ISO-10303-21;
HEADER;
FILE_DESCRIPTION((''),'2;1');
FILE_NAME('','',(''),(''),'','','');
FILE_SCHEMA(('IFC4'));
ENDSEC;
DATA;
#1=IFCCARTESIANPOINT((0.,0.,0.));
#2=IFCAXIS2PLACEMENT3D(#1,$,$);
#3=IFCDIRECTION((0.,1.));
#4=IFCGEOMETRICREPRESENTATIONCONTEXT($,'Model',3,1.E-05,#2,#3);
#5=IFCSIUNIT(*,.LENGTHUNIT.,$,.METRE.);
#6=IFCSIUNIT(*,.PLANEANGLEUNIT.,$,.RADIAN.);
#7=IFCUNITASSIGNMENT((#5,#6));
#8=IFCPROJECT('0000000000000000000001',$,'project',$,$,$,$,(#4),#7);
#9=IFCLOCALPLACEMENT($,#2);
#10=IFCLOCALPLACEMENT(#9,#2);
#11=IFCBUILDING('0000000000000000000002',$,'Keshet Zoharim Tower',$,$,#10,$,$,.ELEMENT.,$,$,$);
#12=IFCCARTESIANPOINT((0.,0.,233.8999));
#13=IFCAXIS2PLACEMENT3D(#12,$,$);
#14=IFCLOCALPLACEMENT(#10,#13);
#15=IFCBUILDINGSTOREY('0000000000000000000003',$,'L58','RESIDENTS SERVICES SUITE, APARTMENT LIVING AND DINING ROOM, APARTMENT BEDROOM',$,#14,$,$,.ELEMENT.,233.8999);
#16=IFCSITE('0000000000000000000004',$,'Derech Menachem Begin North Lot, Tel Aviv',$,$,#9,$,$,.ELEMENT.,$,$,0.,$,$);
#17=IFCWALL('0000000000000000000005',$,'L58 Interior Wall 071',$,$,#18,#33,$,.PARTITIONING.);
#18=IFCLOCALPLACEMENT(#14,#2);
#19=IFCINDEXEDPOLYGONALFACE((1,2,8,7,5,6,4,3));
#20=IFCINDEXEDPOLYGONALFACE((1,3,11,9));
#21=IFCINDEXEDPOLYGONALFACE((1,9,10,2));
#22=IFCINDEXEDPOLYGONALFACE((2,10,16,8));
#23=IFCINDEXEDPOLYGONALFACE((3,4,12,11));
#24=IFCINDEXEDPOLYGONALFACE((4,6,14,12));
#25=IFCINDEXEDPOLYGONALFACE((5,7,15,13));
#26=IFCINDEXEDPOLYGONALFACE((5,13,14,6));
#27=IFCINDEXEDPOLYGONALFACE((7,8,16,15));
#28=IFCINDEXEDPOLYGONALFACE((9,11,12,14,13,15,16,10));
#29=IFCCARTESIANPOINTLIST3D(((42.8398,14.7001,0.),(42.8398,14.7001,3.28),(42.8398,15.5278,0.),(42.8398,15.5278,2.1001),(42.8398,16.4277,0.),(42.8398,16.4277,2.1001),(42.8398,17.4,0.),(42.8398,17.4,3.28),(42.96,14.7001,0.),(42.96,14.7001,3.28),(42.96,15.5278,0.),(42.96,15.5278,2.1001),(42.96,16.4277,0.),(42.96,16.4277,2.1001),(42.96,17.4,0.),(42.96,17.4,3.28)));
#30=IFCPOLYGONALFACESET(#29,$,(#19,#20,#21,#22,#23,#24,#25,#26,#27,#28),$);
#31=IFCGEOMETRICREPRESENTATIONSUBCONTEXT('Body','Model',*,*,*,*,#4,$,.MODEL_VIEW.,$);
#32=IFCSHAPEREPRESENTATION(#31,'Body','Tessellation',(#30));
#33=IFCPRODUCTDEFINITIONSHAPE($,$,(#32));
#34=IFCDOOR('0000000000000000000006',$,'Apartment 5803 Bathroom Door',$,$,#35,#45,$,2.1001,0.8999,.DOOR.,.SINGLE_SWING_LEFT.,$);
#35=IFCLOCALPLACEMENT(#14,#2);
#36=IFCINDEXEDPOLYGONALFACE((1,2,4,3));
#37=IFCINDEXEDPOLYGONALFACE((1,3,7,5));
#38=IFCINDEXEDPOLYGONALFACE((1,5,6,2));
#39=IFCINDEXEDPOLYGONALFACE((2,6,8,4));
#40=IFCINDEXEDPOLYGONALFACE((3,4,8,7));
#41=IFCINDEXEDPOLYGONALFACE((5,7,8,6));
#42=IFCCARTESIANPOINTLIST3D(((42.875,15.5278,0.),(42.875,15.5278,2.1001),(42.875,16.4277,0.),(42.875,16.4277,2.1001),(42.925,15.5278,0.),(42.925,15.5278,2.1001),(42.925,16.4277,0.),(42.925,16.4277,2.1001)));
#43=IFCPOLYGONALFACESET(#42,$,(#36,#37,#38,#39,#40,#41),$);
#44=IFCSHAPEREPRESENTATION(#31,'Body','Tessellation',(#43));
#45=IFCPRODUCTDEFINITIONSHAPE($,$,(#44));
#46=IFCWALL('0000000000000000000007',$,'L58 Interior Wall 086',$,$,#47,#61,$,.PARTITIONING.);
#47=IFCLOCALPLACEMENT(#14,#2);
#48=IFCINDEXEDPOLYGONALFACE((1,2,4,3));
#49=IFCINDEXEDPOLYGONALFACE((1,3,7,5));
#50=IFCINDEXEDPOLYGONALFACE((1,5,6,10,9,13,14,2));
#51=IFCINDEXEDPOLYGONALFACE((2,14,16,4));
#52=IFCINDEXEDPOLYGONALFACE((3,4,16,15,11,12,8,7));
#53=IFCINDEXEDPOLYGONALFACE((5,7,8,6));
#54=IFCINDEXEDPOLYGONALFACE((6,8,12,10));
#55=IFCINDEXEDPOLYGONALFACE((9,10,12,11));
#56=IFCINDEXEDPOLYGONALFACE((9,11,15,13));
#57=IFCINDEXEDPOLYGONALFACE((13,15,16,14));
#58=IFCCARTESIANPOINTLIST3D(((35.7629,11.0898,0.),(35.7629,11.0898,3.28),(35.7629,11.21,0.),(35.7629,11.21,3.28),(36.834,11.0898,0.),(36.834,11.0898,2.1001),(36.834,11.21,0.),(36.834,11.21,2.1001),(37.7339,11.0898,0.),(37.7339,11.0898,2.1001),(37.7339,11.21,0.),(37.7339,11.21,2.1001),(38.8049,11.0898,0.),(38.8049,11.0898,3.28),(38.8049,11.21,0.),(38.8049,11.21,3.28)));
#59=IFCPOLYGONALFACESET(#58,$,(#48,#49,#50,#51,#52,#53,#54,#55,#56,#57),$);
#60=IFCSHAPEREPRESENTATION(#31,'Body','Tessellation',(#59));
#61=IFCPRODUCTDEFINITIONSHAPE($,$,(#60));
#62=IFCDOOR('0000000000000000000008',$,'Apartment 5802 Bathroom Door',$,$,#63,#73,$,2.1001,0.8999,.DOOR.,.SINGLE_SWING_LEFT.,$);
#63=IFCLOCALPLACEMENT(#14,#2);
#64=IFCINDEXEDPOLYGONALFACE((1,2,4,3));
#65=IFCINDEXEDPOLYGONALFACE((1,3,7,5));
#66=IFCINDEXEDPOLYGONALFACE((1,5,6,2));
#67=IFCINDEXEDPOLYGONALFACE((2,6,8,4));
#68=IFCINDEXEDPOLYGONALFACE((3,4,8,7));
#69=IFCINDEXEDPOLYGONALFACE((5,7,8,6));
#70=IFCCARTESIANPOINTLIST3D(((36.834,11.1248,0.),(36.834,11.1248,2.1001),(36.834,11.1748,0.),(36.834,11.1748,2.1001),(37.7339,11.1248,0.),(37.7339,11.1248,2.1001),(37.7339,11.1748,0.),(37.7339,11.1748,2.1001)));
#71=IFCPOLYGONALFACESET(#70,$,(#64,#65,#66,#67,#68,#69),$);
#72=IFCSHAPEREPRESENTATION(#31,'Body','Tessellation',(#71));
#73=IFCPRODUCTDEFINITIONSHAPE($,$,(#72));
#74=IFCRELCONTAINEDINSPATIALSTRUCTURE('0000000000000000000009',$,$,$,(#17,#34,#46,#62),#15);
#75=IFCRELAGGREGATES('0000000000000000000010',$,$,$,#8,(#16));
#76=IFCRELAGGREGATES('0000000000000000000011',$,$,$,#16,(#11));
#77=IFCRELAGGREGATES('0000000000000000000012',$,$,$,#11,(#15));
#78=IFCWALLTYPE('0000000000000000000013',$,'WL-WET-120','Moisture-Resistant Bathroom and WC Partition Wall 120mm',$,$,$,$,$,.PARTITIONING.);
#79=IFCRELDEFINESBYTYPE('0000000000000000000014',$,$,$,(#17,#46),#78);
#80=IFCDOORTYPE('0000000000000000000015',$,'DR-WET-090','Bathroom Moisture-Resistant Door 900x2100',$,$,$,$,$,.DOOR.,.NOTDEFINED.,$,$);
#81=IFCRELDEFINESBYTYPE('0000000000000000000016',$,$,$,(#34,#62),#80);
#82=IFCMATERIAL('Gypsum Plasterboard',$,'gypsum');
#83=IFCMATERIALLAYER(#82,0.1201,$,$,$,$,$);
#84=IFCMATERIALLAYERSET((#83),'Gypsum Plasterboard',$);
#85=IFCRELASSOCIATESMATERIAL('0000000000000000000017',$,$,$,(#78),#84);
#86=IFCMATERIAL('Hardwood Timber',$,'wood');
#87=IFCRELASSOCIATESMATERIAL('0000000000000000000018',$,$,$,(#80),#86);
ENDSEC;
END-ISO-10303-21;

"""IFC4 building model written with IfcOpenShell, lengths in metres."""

from ifc_helpers import new_model, si_unit, direction, frame, frame_2d, origin, place, context, subcontext, project, spatial, rectangle, extrude, material, layer, layer_set, type_object, element, fill, save


model = new_model("IFC4")

# Units and contexts
model_context = context("Model", 3, precision=1e-05, world=origin(), true_north=direction((0.0, 1.0)))
body_context = subcontext(model_context, "Body", "Model", "MODEL_VIEW")
ifc_project = project(units=[si_unit("LENGTHUNIT", "METRE"), si_unit("PLANEANGLEUNIT", "RADIAN")], contexts=[model_context])

# Site, building, storey
site_placement = place(None, origin())
site = spatial("IfcSite", under=ifc_project, at=site_placement, Name="Derech Menachem Begin North Lot, Tel Aviv", CompositionType="ELEMENT", RefElevation=0.0)
building_placement = place(site_placement, origin())
building = spatial("IfcBuilding", under=site, at=building_placement, Name="Keshet Zoharim Tower", CompositionType="ELEMENT")
storey_placement = place(building_placement, frame((0.0, 0.0, 233.8999)))
storey = spatial("IfcBuildingStorey", under=building, at=storey_placement, Name="L58", Description="RESIDENTS SERVICES SUITE, APARTMENT LIVING AND DINING ROOM, APARTMENT BEDROOM", CompositionType="ELEMENT", Elevation=233.8999)

# Shared definitions
ifc_material_1 = material(Name="Gypsum Plasterboard", Category="gypsum")

# Shared definitions
ifc_material_2 = material(Name="Hardwood Timber", Category="wood")

# Shared definitions
ifc_layer_1 = layer(ifc_material_1, 0.1201)
ifc_layer_set_1 = layer_set([ifc_layer_1], Name="Gypsum Plasterboard")
wall_type_1 = type_object("IfcWallType", Name="WL-WET-120", Description="Moisture-Resistant Bathroom and WC Partition Wall 120mm", PredefinedType="PARTITIONING", material=ifc_layer_set_1)

# Walls, openings, doors
wall_1_placement = place(storey_placement, frame((42.8999, 14.7, 0.0), z_axis=(0.0, 0.0, 1.0), x_axis=(0.0, 1.0, 0.0)))
wall_1 = element("IfcWall", 1, at=wall_1_placement, inside=storey, type_object=wall_type_1, Name="L58 Interior Wall 071", PredefinedType="PARTITIONING", context=body_context, shape_type="SweptSolid", body=[
    extrude(rectangle(XDim=2.7, YDim=0.1201, at=frame_2d((1.3501, 0.0))), origin(), (0.0, 0.0, 1.0), 3.28),
])
opening_1_placement = place(wall_1_placement, frame((0.8279, 0.0, 0.0)))
opening_1 = element("IfcOpeningElement", 2, at=opening_1_placement, cuts=wall_1, PredefinedType="OPENING", context=body_context, shape_type="SweptSolid", body=[
    extrude(rectangle(XDim=0.8999, YDim=2.1001, at=frame_2d((0.45, 1.05))), frame((0.0, 0.0701, 0.0), z_axis=(0.0, -1.0, 0.0), x_axis=(1.0, 0.0, 0.0)), (0.0, 0.0, 1.0), 0.1401),
])
door_type_1 = type_object("IfcDoorType", Name="DR-WET-090", Description="Bathroom Moisture-Resistant Door 900x2100", OperationType="NOTDEFINED", PredefinedType="DOOR", material=ifc_material_2)
door_1_placement = place(opening_1_placement, origin())
door_1 = element("IfcDoor", 3, at=door_1_placement, inside=storey, type_object=door_type_1, Name="Apartment 5803 Bathroom Door", OperationType="SINGLE_SWING_LEFT", OverallHeight=2.1001, OverallWidth=0.8999, PredefinedType="DOOR", context=body_context, shape_type="SweptSolid", body=[
    extrude(rectangle(XDim=0.8999, YDim=2.1001, at=frame_2d((0.45, 1.05))), frame((0.0, 0.0249, 0.0), z_axis=(0.0, -1.0, 0.0), x_axis=(1.0, 0.0, 0.0)), (0.0, 0.0, 1.0), 0.05),
])
fill(opening_1, door_1)
wall_2_placement = place(storey_placement, frame((35.7629, 11.1499, 0.0), z_axis=(0.0, 0.0, 1.0), x_axis=(1.0, 0.0, 0.0)))
wall_2 = element("IfcWall", 4, at=wall_2_placement, inside=storey, type_object=wall_type_1, Name="L58 Interior Wall 086", PredefinedType="PARTITIONING", context=body_context, shape_type="SweptSolid", body=[
    extrude(rectangle(XDim=3.042, YDim=0.1201, at=frame_2d((1.521, 0.0))), origin(), (0.0, 0.0, 1.0), 3.28),
])
opening_2_placement = place(wall_2_placement, frame((1.071, 0.0, 0.0)))
opening_2 = element("IfcOpeningElement", 5, at=opening_2_placement, cuts=wall_2, PredefinedType="OPENING", context=body_context, shape_type="SweptSolid", body=[
    extrude(rectangle(XDim=0.8999, YDim=2.1001, at=frame_2d((0.45, 1.05))), frame((0.0, 0.0701, 0.0), z_axis=(0.0, -1.0, 0.0), x_axis=(1.0, 0.0, 0.0)), (0.0, 0.0, 1.0), 0.1401),
])
door_2_placement = place(opening_2_placement, origin())
door_2 = element("IfcDoor", 6, at=door_2_placement, inside=storey, type_object=door_type_1, Name="Apartment 5802 Bathroom Door", OperationType="SINGLE_SWING_LEFT", OverallHeight=2.1001, OverallWidth=0.8999, PredefinedType="DOOR", context=body_context, shape_type="SweptSolid", body=[
    extrude(rectangle(XDim=0.8999, YDim=2.1001, at=frame_2d((0.45, 1.05))), frame((0.0, 0.0249, 0.0), z_axis=(0.0, -1.0, 0.0), x_axis=(1.0, 0.0, 0.0)), (0.0, 0.0, 1.0), 0.05),
])
fill(opening_2, door_2)

save(model, "model.ifc")
